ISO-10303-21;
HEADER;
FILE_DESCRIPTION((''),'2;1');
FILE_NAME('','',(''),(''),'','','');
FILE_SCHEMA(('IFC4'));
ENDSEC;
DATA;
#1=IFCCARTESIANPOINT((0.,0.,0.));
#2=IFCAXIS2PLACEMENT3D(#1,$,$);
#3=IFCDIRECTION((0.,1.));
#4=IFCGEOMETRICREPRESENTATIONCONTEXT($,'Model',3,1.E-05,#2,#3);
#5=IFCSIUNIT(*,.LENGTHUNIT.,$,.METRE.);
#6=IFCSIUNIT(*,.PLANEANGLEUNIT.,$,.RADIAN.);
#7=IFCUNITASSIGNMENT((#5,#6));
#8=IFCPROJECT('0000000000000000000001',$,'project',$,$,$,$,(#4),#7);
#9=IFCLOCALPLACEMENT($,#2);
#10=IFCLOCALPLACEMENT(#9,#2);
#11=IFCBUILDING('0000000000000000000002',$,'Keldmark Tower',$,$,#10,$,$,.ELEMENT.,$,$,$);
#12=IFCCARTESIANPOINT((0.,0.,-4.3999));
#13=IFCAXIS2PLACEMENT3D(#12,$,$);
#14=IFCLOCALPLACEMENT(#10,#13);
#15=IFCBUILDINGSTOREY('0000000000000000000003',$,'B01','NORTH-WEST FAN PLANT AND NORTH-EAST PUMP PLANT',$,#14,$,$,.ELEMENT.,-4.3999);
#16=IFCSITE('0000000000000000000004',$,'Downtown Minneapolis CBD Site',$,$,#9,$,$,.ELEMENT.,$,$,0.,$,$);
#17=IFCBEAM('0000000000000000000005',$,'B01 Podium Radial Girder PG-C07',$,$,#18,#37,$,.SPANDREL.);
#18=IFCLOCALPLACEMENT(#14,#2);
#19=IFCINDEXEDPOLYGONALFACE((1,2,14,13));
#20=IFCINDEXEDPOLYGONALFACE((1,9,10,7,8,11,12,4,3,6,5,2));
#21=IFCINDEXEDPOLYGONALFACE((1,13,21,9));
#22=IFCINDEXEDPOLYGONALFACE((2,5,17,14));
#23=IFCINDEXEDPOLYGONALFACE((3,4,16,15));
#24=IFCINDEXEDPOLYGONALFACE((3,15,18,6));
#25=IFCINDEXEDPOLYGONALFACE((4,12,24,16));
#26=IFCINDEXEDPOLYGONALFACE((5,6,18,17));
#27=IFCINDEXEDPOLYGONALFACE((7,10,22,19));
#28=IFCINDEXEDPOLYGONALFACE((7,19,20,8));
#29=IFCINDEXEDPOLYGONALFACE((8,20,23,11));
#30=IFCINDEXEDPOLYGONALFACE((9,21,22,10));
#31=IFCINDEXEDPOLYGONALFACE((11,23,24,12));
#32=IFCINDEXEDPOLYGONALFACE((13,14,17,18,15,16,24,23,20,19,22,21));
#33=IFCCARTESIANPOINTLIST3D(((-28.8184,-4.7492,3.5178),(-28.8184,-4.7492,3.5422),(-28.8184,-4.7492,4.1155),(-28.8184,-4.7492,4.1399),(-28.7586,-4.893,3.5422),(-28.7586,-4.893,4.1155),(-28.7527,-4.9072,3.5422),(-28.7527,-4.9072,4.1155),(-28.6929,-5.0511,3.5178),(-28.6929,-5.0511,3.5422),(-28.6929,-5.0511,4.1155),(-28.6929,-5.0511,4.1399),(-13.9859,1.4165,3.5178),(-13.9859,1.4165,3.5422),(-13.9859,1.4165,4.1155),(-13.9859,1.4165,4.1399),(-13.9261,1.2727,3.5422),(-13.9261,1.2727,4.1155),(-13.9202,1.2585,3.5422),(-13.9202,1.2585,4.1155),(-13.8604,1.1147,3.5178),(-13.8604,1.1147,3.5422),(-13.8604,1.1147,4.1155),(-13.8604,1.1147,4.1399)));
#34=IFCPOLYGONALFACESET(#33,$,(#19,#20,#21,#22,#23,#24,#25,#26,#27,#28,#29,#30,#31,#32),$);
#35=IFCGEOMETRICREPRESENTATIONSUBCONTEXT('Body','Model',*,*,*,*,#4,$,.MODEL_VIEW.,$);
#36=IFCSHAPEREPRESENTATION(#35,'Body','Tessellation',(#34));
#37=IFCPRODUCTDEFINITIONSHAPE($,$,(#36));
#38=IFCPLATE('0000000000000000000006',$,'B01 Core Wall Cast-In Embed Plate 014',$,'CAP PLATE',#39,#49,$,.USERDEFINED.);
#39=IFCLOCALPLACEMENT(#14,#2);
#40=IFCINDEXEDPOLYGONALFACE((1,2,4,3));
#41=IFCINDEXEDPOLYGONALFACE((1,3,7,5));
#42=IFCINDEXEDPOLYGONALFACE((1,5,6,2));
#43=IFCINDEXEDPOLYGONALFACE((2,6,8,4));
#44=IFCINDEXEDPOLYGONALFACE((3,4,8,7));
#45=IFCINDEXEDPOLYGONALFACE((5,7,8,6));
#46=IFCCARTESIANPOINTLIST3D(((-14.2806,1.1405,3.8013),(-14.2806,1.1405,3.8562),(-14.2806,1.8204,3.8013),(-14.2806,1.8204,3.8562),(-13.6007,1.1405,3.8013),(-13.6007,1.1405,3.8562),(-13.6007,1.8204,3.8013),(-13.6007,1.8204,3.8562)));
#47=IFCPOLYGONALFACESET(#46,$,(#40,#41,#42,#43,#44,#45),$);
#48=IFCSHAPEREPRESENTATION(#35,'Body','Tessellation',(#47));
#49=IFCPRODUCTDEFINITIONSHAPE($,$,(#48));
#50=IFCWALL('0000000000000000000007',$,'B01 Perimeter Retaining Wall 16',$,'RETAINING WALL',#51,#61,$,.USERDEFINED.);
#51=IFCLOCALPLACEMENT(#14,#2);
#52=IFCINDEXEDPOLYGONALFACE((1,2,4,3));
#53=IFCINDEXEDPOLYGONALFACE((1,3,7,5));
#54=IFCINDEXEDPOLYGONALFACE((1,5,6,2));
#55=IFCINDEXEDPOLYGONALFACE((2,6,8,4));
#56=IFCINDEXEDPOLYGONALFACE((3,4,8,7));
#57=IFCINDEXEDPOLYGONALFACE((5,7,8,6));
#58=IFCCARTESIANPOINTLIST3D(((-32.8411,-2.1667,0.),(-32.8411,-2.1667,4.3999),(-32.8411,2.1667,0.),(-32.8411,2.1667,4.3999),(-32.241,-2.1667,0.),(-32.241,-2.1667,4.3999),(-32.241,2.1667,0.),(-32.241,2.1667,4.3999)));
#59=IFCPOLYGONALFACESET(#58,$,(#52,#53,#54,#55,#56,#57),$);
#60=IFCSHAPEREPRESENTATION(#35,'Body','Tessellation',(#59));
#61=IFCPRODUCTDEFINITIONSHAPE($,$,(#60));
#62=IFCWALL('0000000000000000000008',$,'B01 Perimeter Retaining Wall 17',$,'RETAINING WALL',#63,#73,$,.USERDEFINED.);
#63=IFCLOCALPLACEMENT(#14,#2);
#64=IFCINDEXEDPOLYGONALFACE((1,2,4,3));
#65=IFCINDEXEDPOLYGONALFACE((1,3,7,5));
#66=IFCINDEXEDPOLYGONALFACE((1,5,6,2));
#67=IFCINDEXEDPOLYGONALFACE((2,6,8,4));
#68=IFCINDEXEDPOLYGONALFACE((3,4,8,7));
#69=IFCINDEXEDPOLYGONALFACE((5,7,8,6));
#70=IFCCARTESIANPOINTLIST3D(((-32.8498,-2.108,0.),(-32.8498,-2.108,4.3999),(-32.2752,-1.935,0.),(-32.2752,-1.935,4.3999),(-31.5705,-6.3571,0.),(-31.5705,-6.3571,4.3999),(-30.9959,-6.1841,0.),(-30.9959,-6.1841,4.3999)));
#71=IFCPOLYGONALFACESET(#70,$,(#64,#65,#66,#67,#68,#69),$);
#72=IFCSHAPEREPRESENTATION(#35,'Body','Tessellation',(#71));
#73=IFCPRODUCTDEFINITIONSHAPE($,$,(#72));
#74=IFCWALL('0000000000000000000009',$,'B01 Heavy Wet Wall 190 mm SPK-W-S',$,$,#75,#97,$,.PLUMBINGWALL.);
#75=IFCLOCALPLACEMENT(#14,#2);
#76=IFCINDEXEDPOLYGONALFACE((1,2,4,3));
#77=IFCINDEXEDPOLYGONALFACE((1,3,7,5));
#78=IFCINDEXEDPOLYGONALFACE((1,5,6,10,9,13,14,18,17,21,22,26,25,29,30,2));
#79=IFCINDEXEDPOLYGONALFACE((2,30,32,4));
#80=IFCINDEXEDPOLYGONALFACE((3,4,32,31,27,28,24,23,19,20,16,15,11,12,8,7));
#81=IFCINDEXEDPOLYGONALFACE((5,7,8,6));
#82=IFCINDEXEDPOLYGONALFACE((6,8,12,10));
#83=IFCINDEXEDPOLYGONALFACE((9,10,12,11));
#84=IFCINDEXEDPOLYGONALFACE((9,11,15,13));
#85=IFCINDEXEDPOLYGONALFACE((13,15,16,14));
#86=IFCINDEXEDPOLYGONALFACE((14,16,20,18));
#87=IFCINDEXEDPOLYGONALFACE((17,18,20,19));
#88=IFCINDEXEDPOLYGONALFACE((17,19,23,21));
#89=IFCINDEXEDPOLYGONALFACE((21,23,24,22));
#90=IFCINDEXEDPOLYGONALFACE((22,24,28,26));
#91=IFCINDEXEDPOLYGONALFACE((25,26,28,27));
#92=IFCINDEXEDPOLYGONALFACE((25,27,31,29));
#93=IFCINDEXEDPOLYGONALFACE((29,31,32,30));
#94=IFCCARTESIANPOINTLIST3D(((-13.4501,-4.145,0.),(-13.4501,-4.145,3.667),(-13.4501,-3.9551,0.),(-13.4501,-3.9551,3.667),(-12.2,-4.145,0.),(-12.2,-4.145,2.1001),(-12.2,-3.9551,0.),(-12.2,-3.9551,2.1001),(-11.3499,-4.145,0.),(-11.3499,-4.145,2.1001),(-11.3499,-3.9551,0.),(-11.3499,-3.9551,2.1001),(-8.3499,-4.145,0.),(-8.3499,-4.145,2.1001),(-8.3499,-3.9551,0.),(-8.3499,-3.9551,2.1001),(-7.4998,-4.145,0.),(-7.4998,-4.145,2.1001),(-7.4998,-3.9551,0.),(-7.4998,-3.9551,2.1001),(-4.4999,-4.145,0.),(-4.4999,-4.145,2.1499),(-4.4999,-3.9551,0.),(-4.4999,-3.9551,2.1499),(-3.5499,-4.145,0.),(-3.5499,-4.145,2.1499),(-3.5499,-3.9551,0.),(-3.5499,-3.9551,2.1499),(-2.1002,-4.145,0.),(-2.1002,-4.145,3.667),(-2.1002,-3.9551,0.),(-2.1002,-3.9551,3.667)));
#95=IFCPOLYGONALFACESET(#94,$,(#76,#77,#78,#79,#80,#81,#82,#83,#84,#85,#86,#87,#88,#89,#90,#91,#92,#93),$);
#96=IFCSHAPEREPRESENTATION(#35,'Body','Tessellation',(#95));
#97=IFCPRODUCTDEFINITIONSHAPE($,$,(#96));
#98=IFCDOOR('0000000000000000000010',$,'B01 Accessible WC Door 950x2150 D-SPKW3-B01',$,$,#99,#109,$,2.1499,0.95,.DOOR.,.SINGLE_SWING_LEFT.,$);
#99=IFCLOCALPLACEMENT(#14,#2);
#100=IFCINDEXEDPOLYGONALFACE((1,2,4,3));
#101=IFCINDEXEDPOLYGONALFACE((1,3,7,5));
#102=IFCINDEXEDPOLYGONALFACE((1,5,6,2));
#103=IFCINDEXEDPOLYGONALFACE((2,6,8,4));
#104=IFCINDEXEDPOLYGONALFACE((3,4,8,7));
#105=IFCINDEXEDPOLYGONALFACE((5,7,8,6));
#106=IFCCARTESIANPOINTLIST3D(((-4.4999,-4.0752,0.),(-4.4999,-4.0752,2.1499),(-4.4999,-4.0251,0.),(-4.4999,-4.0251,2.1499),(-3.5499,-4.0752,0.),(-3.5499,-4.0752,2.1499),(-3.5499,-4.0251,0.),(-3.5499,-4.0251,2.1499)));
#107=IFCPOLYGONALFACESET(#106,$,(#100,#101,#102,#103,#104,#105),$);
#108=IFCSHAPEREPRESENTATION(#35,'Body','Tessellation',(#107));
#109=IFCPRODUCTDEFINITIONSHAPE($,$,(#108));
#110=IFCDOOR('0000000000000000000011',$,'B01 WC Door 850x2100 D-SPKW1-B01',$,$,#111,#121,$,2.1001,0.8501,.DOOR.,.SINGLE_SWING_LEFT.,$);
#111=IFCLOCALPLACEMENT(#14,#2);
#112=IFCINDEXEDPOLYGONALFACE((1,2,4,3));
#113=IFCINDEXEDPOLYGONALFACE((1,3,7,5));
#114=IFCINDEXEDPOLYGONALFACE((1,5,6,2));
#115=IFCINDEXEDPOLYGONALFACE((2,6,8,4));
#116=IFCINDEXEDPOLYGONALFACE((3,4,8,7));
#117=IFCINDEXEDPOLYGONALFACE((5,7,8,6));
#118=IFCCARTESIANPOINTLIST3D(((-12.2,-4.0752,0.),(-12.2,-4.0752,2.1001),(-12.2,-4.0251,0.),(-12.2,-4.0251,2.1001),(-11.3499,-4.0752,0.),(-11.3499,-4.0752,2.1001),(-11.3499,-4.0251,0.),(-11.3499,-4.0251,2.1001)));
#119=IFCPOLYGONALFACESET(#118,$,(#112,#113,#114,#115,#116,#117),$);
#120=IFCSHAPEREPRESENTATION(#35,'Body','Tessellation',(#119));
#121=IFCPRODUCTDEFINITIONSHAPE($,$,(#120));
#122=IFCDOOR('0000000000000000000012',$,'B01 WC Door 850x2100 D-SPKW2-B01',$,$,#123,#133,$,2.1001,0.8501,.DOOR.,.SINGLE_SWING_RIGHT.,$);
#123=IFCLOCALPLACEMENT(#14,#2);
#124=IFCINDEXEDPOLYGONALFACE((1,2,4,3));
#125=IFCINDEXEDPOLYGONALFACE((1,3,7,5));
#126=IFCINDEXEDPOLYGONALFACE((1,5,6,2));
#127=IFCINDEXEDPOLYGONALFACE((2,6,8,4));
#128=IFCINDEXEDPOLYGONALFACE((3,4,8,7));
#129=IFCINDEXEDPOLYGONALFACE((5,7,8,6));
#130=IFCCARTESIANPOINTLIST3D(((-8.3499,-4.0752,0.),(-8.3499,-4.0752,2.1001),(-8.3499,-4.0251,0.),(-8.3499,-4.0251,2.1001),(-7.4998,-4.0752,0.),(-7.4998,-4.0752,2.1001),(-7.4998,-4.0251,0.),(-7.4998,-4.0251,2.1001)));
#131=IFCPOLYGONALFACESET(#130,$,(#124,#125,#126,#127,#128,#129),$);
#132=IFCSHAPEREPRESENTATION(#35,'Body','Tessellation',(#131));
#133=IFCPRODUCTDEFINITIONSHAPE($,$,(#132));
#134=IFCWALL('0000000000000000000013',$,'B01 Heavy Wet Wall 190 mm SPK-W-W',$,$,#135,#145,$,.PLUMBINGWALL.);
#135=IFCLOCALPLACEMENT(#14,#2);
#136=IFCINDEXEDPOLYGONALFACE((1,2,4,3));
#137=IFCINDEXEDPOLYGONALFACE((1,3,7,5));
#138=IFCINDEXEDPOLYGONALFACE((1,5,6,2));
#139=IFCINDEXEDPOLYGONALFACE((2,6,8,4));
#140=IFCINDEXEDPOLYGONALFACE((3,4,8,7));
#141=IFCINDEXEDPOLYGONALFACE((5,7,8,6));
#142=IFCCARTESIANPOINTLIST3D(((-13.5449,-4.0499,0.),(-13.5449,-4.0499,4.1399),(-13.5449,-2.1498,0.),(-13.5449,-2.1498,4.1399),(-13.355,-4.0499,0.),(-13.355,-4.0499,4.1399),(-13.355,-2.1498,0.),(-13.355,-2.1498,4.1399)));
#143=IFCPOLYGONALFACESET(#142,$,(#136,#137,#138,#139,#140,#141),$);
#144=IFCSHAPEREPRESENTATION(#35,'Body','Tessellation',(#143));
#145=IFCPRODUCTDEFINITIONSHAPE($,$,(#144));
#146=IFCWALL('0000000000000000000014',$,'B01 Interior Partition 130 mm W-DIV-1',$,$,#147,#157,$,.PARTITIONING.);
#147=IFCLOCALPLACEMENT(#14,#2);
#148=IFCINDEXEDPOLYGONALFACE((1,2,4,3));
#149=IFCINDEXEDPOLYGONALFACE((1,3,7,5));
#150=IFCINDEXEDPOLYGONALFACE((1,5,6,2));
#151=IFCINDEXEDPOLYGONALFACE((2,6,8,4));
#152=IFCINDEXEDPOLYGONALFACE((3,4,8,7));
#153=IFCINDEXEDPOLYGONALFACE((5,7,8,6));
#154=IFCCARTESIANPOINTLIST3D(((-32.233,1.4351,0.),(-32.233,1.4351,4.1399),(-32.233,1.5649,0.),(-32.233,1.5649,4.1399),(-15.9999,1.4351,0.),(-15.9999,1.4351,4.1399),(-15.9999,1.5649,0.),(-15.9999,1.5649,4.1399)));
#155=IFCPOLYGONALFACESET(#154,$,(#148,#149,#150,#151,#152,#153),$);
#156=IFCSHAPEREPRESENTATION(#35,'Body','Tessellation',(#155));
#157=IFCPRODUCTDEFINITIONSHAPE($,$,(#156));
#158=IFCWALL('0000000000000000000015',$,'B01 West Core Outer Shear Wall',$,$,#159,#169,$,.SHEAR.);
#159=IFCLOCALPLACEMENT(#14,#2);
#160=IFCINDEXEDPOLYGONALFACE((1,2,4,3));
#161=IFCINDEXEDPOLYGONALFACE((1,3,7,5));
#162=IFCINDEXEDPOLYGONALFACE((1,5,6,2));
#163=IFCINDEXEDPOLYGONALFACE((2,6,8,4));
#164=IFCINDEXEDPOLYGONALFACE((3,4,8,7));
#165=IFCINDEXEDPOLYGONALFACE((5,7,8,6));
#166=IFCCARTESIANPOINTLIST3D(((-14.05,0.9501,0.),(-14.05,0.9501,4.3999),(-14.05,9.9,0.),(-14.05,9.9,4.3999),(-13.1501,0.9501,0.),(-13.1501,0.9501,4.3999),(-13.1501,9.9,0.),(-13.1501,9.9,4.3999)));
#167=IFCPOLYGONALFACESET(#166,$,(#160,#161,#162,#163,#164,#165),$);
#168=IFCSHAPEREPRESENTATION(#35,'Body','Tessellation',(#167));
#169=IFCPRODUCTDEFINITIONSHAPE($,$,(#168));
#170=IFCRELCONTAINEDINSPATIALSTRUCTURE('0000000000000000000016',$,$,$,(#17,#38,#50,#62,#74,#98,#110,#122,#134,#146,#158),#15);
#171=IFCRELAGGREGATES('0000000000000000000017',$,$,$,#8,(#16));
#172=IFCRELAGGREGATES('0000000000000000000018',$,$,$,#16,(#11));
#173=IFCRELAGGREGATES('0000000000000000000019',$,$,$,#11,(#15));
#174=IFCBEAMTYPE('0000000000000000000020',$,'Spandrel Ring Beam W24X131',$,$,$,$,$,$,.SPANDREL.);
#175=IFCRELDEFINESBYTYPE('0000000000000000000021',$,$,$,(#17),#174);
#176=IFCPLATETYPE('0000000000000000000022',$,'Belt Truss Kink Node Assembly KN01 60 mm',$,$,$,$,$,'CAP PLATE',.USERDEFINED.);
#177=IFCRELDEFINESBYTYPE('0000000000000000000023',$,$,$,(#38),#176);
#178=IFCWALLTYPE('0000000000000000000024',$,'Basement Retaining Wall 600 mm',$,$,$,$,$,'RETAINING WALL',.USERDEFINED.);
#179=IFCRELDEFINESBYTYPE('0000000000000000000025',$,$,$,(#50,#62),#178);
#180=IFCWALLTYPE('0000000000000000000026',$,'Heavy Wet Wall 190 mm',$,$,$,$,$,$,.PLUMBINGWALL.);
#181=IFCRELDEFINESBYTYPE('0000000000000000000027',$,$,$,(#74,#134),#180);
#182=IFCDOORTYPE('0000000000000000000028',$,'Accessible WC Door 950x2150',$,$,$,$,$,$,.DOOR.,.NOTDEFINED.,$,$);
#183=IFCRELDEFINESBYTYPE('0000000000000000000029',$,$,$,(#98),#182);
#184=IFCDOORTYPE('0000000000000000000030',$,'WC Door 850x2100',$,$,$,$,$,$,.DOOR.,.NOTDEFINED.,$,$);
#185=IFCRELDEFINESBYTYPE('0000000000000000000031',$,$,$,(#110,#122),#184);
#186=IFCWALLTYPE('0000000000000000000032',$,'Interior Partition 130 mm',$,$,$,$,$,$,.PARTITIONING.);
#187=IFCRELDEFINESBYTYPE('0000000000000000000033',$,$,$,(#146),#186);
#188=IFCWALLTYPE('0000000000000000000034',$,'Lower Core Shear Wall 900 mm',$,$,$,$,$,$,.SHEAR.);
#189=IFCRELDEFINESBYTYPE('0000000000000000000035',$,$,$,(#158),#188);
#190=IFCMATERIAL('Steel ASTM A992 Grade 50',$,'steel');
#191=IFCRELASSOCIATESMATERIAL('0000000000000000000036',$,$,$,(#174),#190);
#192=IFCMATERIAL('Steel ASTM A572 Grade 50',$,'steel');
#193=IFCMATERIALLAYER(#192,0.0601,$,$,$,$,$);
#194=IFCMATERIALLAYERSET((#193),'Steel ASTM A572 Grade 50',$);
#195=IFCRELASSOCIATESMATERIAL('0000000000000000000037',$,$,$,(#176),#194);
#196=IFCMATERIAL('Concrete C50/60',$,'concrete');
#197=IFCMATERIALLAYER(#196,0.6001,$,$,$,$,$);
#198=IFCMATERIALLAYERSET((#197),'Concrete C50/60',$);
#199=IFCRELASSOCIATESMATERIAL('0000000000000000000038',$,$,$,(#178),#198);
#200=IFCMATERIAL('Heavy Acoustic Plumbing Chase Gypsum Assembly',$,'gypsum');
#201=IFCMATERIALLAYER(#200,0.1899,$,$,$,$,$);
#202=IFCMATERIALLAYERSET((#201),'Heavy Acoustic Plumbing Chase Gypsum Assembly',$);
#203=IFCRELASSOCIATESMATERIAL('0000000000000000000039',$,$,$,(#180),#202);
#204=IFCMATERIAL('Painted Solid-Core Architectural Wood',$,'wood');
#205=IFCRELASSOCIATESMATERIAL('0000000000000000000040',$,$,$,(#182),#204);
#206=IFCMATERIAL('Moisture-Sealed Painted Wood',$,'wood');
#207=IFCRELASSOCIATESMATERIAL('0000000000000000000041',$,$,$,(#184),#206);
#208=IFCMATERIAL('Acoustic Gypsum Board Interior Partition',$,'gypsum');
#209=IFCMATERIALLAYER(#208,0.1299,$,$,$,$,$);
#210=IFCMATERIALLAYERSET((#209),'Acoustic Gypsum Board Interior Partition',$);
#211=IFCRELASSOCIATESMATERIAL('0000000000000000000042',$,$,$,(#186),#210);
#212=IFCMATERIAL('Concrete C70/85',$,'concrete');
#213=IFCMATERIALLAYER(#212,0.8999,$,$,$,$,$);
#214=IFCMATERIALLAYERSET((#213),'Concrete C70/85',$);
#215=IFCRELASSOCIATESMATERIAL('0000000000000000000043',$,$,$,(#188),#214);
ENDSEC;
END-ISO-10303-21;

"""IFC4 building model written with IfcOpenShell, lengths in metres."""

from ifc_helpers import new_model, si_unit, direction, frame, frame_2d, origin, origin_2d, place, context, subcontext, project, spatial, rectangle, i_section, extrude, material, layer, layer_set, material_profile, profile_set, type_object, element, fill, save


model = new_model("IFC4")

# Units and contexts
model_context = context("Model", 3, precision=1e-05, world=origin(), true_north=direction((0.0, 1.0)))
body_context = subcontext(model_context, "Body", "Model", "MODEL_VIEW")
ifc_project = project(units=[si_unit("LENGTHUNIT", "METRE"), si_unit("PLANEANGLEUNIT", "RADIAN")], contexts=[model_context])

# Site, building, storey
site_placement = place(None, origin())
site = spatial("IfcSite", under=ifc_project, at=site_placement, Name="Downtown Minneapolis CBD Site", CompositionType="ELEMENT", RefElevation=0.0)
building_placement = place(site_placement, origin())
building = spatial("IfcBuilding", under=site, at=building_placement, Name="Keldmark Tower", CompositionType="ELEMENT")
storey_placement = place(building_placement, frame((0.0, 0.0, -4.3999)))
storey = spatial("IfcBuildingStorey", under=building, at=storey_placement, Name="B01", Description="NORTH-WEST FAN PLANT AND NORTH-EAST PUMP PLANT", CompositionType="ELEMENT", Elevation=-4.3999)

# Beam
ifc_material_1 = material(Name="Steel ASTM A992 Grade 50", Category="steel")
ifc_material_profile_1 = material_profile(ifc_material_1, i_section(OverallWidth=0.3269, OverallDepth=0.6221, WebThickness=0.0154, FlangeThickness=0.0244, at=origin_2d()), Name="W24X131")
ifc_profile_set_1 = profile_set([ifc_material_profile_1], Name="Steel ASTM A992 Grade 50")
beam_type_1 = type_object("IfcBeamType", Name="Spandrel Ring Beam W24X131", PredefinedType="SPANDREL", material=ifc_profile_set_1)
beam_1_placement = place(storey_placement, frame((-28.7556, -4.9001, 3.8289), z_axis=(0.923396, 0.383849, 0.0), x_axis=(-0.383849, 0.923396, 0.0)))
element("IfcBeam", 1, at=beam_1_placement, inside=storey, type_object=beam_type_1, Name="B01 Podium Radial Girder PG-C07", PredefinedType="SPANDREL", context=body_context, shape_type="SweptSolid", body=[
    extrude(i_section(OverallWidth=0.3269, OverallDepth=0.6221, WebThickness=0.0154, FlangeThickness=0.0244, at=origin_2d()), origin(), (0.0, 0.0, 1.0), 16.063),
])

# Plate
ifc_material_2 = material(Name="Steel ASTM A572 Grade 50", Category="steel")
ifc_layer_1 = layer(ifc_material_2, 0.0601)
ifc_layer_set_1 = layer_set([ifc_layer_1], Name="Steel ASTM A572 Grade 50")
plate_type = type_object("IfcPlateType", Name="Belt Truss Kink Node Assembly KN01 60 mm", ElementType="CAP PLATE", PredefinedType="USERDEFINED", material=ifc_layer_set_1)
plate_placement = place(storey_placement, frame((-13.9407, 1.4805, 3.8013), z_axis=(0.0, 0.0, 1.0), x_axis=(1.0, 0.0, 0.0)))
element("IfcPlate", 2, at=plate_placement, inside=storey, type_object=plate_type, Name="B01 Core Wall Cast-In Embed Plate 014", ObjectType="CAP PLATE", PredefinedType="USERDEFINED", context=body_context, shape_type="SweptSolid", body=[
    extrude(rectangle(XDim=0.6799, YDim=0.6799, at=origin_2d()), origin(), (0.0, 0.0, 1.0), 0.0549),
])

# Walls
ifc_material_3 = material(Name="Concrete C50/60", Category="concrete")
ifc_layer_2 = layer(ifc_material_3, 0.6001)
ifc_layer_set_2 = layer_set([ifc_layer_2], Name="Concrete C50/60")
wall_type_1 = type_object("IfcWallType", Name="Basement Retaining Wall 600 mm", ElementType="RETAINING WALL", PredefinedType="USERDEFINED", material=ifc_layer_set_2)
wall_1_placement = place(storey_placement, frame((-32.541, 2.1667, 0.0), z_axis=(0.0, 0.0, 1.0), x_axis=(0.0, -1.0, 0.0)))
element("IfcWall", 3, at=wall_1_placement, inside=storey, type_object=wall_type_1, Name="B01 Perimeter Retaining Wall 16", ObjectType="RETAINING WALL", PredefinedType="USERDEFINED", context=body_context, shape_type="SweptSolid", body=[
    extrude(rectangle(XDim=4.3335, YDim=0.6001, at=frame_2d((2.1667, 0.0))), origin(), (0.0, 0.0, 1.0), 4.3999),
])
wall_2_placement = place(storey_placement, frame((-32.5625, -2.0215, 0.0), z_axis=(0.0, 0.0, 1.0), x_axis=(0.288297, -0.957541, 0.0)))
element("IfcWall", 4, at=wall_2_placement, inside=storey, type_object=wall_type_1, Name="B01 Perimeter Retaining Wall 17", ObjectType="RETAINING WALL", PredefinedType="USERDEFINED", context=body_context, shape_type="SweptSolid", body=[
    extrude(rectangle(XDim=4.4375, YDim=0.6001, at=frame_2d((2.2188, 0.0))), origin(), (0.0, 0.0, 1.0), 4.3999),
])

# Wall, openings, doors
ifc_material_4 = material(Name="Heavy Acoustic Plumbing Chase Gypsum Assembly", Category="gypsum")
ifc_layer_3 = layer(ifc_material_4, 0.1899)
ifc_layer_set_3 = layer_set([ifc_layer_3], Name="Heavy Acoustic Plumbing Chase Gypsum Assembly")
wall_type_2 = type_object("IfcWallType", Name="Heavy Wet Wall 190 mm", PredefinedType="PLUMBINGWALL", material=ifc_layer_set_3)
wall_3_placement = place(storey_placement, frame((-13.45, -4.05, 0.0), z_axis=(0.0, 0.0, 1.0), x_axis=(1.0, 0.0, 0.0)))
wall_3 = element("IfcWall", 5, at=wall_3_placement, inside=storey, type_object=wall_type_2, Name="B01 Heavy Wet Wall 190 mm SPK-W-S", PredefinedType="PLUMBINGWALL", context=body_context, shape_type="SweptSolid", body=[
    extrude(rectangle(XDim=11.3499, YDim=0.1899, at=frame_2d((5.6748, 0.0))), origin(), (0.0, 0.0, 1.0), 3.667),
])
opening_1_placement = place(wall_3_placement, frame((1.25, 0.0, 0.0)))
opening_1 = element("IfcOpeningElement", 6, at=opening_1_placement, cuts=wall_3, PredefinedType="OPENING", context=body_context, shape_type="SweptSolid", body=[
    extrude(rectangle(XDim=0.8501, YDim=2.1001, at=frame_2d((0.425, 1.05))), frame((0.0, 0.105, 0.0), z_axis=(0.0, -1.0, 0.0), x_axis=(1.0, 0.0, 0.0)), (0.0, 0.0, 1.0), 0.21),
])
opening_2_placement = place(wall_3_placement, frame((5.1001, 0.0, 0.0)))
opening_2 = element("IfcOpeningElement", 7, at=opening_2_placement, cuts=wall_3, PredefinedType="OPENING", context=body_context, shape_type="SweptSolid", body=[
    extrude(rectangle(XDim=0.8501, YDim=2.1001, at=frame_2d((0.425, 1.05))), frame((0.0, 0.105, 0.0), z_axis=(0.0, -1.0, 0.0), x_axis=(1.0, 0.0, 0.0)), (0.0, 0.0, 1.0), 0.21),
])
opening_3_placement = place(wall_3_placement, frame((8.95, 0.0, 0.0)))
opening_3 = element("IfcOpeningElement", 8, at=opening_3_placement, cuts=wall_3, PredefinedType="OPENING", context=body_context, shape_type="SweptSolid", body=[
    extrude(rectangle(XDim=0.95, YDim=2.1499, at=frame_2d((0.4751, 1.075))), frame((0.0, 0.105, 0.0), z_axis=(0.0, -1.0, 0.0), x_axis=(1.0, 0.0, 0.0)), (0.0, 0.0, 1.0), 0.21),
])
ifc_material_5 = material(Name="Painted Solid-Core Architectural Wood", Category="wood")
door_type_1 = type_object("IfcDoorType", Name="Accessible WC Door 950x2150", OperationType="NOTDEFINED", PredefinedType="DOOR", material=ifc_material_5)
door_1_placement = place(opening_3_placement, origin())
door_1 = element("IfcDoor", 9, at=door_1_placement, inside=storey, type_object=door_type_1, Name="B01 Accessible WC Door 950x2150 D-SPKW3-B01", OperationType="SINGLE_SWING_LEFT", OverallHeight=2.1499, OverallWidth=0.95, PredefinedType="DOOR", context=body_context, shape_type="SweptSolid", body=[
    extrude(rectangle(XDim=0.95, YDim=2.1499, at=frame_2d((0.4751, 1.075))), frame((0.0, 0.0249, 0.0), z_axis=(0.0, -1.0, 0.0), x_axis=(1.0, 0.0, 0.0)), (0.0, 0.0, 1.0), 0.05),
])
fill(opening_3, door_1)
ifc_material_6 = material(Name="Moisture-Sealed Painted Wood", Category="wood")
door_type_2 = type_object("IfcDoorType", Name="WC Door 850x2100", OperationType="NOTDEFINED", PredefinedType="DOOR", material=ifc_material_6)
door_2_placement = place(opening_1_placement, origin())
door_2 = element("IfcDoor", 10, at=door_2_placement, inside=storey, type_object=door_type_2, Name="B01 WC Door 850x2100 D-SPKW1-B01", OperationType="SINGLE_SWING_LEFT", OverallHeight=2.1001, OverallWidth=0.8501, PredefinedType="DOOR", context=body_context, shape_type="SweptSolid", body=[
    extrude(rectangle(XDim=0.8501, YDim=2.1001, at=frame_2d((0.425, 1.05))), frame((0.0, 0.0249, 0.0), z_axis=(0.0, -1.0, 0.0), x_axis=(1.0, 0.0, 0.0)), (0.0, 0.0, 1.0), 0.05),
])
fill(opening_1, door_2)
door_3_placement = place(opening_2_placement, origin())
door_3 = element("IfcDoor", 11, at=door_3_placement, inside=storey, type_object=door_type_2, Name="B01 WC Door 850x2100 D-SPKW2-B01", OperationType="SINGLE_SWING_RIGHT", OverallHeight=2.1001, OverallWidth=0.8501, PredefinedType="DOOR", context=body_context, shape_type="SweptSolid", body=[
    extrude(rectangle(XDim=0.8501, YDim=2.1001, at=frame_2d((0.425, 1.05))), frame((0.0, 0.0249, 0.0), z_axis=(0.0, -1.0, 0.0), x_axis=(1.0, 0.0, 0.0)), (0.0, 0.0, 1.0), 0.05),
])
fill(opening_2, door_3)

# Walls
wall_4_placement = place(storey_placement, frame((-13.45, -4.05, 0.0), z_axis=(0.0, 0.0, 1.0), x_axis=(0.0, 1.0, 0.0)))
element("IfcWall", 12, at=wall_4_placement, inside=storey, type_object=wall_type_2, Name="B01 Heavy Wet Wall 190 mm SPK-W-W", PredefinedType="PLUMBINGWALL", context=body_context, shape_type="SweptSolid", body=[
    extrude(rectangle(XDim=1.9001, YDim=0.1899, at=frame_2d((0.9502, 0.0))), origin(), (0.0, 0.0, 1.0), 4.1399),
])
ifc_material_7 = material(Name="Acoustic Gypsum Board Interior Partition", Category="gypsum")
ifc_layer_4 = layer(ifc_material_7, 0.1299)
ifc_layer_set_4 = layer_set([ifc_layer_4], Name="Acoustic Gypsum Board Interior Partition")
wall_type_3 = type_object("IfcWallType", Name="Interior Partition 130 mm", PredefinedType="PARTITIONING", material=ifc_layer_set_4)
wall_5_placement = place(storey_placement, frame((-32.2332, 1.5, 0.0), z_axis=(0.0, 0.0, 1.0), x_axis=(1.0, 0.0, 0.0)))
element("IfcWall", 13, at=wall_5_placement, inside=storey, type_object=wall_type_3, Name="B01 Interior Partition 130 mm W-DIV-1", PredefinedType="PARTITIONING", context=body_context, shape_type="SweptSolid", body=[
    extrude(rectangle(XDim=16.2332, YDim=0.1299, at=frame_2d((8.1167, 0.0))), origin(), (0.0, 0.0, 1.0), 4.1399),
])
ifc_material_8 = material(Name="Concrete C70/85", Category="concrete")
ifc_layer_5 = layer(ifc_material_8, 0.8999)
ifc_layer_set_5 = layer_set([ifc_layer_5], Name="Concrete C70/85")
wall_type_4 = type_object("IfcWallType", Name="Lower Core Shear Wall 900 mm", PredefinedType="SHEAR", material=ifc_layer_set_5)
wall_6_placement = place(storey_placement, frame((-13.6001, 0.95, 0.0), z_axis=(0.0, 0.0, 1.0), x_axis=(0.0, 1.0, 0.0)))
element("IfcWall", 14, at=wall_6_placement, inside=storey, type_object=wall_type_4, Name="B01 West Core Outer Shear Wall", PredefinedType="SHEAR", context=body_context, shape_type="SweptSolid", body=[
    extrude(rectangle(XDim=8.95, YDim=0.8999, at=frame_2d((4.4751, 0.0))), origin(), (0.0, 0.0, 1.0), 4.3999),
])

save(model, "model.ifc")
